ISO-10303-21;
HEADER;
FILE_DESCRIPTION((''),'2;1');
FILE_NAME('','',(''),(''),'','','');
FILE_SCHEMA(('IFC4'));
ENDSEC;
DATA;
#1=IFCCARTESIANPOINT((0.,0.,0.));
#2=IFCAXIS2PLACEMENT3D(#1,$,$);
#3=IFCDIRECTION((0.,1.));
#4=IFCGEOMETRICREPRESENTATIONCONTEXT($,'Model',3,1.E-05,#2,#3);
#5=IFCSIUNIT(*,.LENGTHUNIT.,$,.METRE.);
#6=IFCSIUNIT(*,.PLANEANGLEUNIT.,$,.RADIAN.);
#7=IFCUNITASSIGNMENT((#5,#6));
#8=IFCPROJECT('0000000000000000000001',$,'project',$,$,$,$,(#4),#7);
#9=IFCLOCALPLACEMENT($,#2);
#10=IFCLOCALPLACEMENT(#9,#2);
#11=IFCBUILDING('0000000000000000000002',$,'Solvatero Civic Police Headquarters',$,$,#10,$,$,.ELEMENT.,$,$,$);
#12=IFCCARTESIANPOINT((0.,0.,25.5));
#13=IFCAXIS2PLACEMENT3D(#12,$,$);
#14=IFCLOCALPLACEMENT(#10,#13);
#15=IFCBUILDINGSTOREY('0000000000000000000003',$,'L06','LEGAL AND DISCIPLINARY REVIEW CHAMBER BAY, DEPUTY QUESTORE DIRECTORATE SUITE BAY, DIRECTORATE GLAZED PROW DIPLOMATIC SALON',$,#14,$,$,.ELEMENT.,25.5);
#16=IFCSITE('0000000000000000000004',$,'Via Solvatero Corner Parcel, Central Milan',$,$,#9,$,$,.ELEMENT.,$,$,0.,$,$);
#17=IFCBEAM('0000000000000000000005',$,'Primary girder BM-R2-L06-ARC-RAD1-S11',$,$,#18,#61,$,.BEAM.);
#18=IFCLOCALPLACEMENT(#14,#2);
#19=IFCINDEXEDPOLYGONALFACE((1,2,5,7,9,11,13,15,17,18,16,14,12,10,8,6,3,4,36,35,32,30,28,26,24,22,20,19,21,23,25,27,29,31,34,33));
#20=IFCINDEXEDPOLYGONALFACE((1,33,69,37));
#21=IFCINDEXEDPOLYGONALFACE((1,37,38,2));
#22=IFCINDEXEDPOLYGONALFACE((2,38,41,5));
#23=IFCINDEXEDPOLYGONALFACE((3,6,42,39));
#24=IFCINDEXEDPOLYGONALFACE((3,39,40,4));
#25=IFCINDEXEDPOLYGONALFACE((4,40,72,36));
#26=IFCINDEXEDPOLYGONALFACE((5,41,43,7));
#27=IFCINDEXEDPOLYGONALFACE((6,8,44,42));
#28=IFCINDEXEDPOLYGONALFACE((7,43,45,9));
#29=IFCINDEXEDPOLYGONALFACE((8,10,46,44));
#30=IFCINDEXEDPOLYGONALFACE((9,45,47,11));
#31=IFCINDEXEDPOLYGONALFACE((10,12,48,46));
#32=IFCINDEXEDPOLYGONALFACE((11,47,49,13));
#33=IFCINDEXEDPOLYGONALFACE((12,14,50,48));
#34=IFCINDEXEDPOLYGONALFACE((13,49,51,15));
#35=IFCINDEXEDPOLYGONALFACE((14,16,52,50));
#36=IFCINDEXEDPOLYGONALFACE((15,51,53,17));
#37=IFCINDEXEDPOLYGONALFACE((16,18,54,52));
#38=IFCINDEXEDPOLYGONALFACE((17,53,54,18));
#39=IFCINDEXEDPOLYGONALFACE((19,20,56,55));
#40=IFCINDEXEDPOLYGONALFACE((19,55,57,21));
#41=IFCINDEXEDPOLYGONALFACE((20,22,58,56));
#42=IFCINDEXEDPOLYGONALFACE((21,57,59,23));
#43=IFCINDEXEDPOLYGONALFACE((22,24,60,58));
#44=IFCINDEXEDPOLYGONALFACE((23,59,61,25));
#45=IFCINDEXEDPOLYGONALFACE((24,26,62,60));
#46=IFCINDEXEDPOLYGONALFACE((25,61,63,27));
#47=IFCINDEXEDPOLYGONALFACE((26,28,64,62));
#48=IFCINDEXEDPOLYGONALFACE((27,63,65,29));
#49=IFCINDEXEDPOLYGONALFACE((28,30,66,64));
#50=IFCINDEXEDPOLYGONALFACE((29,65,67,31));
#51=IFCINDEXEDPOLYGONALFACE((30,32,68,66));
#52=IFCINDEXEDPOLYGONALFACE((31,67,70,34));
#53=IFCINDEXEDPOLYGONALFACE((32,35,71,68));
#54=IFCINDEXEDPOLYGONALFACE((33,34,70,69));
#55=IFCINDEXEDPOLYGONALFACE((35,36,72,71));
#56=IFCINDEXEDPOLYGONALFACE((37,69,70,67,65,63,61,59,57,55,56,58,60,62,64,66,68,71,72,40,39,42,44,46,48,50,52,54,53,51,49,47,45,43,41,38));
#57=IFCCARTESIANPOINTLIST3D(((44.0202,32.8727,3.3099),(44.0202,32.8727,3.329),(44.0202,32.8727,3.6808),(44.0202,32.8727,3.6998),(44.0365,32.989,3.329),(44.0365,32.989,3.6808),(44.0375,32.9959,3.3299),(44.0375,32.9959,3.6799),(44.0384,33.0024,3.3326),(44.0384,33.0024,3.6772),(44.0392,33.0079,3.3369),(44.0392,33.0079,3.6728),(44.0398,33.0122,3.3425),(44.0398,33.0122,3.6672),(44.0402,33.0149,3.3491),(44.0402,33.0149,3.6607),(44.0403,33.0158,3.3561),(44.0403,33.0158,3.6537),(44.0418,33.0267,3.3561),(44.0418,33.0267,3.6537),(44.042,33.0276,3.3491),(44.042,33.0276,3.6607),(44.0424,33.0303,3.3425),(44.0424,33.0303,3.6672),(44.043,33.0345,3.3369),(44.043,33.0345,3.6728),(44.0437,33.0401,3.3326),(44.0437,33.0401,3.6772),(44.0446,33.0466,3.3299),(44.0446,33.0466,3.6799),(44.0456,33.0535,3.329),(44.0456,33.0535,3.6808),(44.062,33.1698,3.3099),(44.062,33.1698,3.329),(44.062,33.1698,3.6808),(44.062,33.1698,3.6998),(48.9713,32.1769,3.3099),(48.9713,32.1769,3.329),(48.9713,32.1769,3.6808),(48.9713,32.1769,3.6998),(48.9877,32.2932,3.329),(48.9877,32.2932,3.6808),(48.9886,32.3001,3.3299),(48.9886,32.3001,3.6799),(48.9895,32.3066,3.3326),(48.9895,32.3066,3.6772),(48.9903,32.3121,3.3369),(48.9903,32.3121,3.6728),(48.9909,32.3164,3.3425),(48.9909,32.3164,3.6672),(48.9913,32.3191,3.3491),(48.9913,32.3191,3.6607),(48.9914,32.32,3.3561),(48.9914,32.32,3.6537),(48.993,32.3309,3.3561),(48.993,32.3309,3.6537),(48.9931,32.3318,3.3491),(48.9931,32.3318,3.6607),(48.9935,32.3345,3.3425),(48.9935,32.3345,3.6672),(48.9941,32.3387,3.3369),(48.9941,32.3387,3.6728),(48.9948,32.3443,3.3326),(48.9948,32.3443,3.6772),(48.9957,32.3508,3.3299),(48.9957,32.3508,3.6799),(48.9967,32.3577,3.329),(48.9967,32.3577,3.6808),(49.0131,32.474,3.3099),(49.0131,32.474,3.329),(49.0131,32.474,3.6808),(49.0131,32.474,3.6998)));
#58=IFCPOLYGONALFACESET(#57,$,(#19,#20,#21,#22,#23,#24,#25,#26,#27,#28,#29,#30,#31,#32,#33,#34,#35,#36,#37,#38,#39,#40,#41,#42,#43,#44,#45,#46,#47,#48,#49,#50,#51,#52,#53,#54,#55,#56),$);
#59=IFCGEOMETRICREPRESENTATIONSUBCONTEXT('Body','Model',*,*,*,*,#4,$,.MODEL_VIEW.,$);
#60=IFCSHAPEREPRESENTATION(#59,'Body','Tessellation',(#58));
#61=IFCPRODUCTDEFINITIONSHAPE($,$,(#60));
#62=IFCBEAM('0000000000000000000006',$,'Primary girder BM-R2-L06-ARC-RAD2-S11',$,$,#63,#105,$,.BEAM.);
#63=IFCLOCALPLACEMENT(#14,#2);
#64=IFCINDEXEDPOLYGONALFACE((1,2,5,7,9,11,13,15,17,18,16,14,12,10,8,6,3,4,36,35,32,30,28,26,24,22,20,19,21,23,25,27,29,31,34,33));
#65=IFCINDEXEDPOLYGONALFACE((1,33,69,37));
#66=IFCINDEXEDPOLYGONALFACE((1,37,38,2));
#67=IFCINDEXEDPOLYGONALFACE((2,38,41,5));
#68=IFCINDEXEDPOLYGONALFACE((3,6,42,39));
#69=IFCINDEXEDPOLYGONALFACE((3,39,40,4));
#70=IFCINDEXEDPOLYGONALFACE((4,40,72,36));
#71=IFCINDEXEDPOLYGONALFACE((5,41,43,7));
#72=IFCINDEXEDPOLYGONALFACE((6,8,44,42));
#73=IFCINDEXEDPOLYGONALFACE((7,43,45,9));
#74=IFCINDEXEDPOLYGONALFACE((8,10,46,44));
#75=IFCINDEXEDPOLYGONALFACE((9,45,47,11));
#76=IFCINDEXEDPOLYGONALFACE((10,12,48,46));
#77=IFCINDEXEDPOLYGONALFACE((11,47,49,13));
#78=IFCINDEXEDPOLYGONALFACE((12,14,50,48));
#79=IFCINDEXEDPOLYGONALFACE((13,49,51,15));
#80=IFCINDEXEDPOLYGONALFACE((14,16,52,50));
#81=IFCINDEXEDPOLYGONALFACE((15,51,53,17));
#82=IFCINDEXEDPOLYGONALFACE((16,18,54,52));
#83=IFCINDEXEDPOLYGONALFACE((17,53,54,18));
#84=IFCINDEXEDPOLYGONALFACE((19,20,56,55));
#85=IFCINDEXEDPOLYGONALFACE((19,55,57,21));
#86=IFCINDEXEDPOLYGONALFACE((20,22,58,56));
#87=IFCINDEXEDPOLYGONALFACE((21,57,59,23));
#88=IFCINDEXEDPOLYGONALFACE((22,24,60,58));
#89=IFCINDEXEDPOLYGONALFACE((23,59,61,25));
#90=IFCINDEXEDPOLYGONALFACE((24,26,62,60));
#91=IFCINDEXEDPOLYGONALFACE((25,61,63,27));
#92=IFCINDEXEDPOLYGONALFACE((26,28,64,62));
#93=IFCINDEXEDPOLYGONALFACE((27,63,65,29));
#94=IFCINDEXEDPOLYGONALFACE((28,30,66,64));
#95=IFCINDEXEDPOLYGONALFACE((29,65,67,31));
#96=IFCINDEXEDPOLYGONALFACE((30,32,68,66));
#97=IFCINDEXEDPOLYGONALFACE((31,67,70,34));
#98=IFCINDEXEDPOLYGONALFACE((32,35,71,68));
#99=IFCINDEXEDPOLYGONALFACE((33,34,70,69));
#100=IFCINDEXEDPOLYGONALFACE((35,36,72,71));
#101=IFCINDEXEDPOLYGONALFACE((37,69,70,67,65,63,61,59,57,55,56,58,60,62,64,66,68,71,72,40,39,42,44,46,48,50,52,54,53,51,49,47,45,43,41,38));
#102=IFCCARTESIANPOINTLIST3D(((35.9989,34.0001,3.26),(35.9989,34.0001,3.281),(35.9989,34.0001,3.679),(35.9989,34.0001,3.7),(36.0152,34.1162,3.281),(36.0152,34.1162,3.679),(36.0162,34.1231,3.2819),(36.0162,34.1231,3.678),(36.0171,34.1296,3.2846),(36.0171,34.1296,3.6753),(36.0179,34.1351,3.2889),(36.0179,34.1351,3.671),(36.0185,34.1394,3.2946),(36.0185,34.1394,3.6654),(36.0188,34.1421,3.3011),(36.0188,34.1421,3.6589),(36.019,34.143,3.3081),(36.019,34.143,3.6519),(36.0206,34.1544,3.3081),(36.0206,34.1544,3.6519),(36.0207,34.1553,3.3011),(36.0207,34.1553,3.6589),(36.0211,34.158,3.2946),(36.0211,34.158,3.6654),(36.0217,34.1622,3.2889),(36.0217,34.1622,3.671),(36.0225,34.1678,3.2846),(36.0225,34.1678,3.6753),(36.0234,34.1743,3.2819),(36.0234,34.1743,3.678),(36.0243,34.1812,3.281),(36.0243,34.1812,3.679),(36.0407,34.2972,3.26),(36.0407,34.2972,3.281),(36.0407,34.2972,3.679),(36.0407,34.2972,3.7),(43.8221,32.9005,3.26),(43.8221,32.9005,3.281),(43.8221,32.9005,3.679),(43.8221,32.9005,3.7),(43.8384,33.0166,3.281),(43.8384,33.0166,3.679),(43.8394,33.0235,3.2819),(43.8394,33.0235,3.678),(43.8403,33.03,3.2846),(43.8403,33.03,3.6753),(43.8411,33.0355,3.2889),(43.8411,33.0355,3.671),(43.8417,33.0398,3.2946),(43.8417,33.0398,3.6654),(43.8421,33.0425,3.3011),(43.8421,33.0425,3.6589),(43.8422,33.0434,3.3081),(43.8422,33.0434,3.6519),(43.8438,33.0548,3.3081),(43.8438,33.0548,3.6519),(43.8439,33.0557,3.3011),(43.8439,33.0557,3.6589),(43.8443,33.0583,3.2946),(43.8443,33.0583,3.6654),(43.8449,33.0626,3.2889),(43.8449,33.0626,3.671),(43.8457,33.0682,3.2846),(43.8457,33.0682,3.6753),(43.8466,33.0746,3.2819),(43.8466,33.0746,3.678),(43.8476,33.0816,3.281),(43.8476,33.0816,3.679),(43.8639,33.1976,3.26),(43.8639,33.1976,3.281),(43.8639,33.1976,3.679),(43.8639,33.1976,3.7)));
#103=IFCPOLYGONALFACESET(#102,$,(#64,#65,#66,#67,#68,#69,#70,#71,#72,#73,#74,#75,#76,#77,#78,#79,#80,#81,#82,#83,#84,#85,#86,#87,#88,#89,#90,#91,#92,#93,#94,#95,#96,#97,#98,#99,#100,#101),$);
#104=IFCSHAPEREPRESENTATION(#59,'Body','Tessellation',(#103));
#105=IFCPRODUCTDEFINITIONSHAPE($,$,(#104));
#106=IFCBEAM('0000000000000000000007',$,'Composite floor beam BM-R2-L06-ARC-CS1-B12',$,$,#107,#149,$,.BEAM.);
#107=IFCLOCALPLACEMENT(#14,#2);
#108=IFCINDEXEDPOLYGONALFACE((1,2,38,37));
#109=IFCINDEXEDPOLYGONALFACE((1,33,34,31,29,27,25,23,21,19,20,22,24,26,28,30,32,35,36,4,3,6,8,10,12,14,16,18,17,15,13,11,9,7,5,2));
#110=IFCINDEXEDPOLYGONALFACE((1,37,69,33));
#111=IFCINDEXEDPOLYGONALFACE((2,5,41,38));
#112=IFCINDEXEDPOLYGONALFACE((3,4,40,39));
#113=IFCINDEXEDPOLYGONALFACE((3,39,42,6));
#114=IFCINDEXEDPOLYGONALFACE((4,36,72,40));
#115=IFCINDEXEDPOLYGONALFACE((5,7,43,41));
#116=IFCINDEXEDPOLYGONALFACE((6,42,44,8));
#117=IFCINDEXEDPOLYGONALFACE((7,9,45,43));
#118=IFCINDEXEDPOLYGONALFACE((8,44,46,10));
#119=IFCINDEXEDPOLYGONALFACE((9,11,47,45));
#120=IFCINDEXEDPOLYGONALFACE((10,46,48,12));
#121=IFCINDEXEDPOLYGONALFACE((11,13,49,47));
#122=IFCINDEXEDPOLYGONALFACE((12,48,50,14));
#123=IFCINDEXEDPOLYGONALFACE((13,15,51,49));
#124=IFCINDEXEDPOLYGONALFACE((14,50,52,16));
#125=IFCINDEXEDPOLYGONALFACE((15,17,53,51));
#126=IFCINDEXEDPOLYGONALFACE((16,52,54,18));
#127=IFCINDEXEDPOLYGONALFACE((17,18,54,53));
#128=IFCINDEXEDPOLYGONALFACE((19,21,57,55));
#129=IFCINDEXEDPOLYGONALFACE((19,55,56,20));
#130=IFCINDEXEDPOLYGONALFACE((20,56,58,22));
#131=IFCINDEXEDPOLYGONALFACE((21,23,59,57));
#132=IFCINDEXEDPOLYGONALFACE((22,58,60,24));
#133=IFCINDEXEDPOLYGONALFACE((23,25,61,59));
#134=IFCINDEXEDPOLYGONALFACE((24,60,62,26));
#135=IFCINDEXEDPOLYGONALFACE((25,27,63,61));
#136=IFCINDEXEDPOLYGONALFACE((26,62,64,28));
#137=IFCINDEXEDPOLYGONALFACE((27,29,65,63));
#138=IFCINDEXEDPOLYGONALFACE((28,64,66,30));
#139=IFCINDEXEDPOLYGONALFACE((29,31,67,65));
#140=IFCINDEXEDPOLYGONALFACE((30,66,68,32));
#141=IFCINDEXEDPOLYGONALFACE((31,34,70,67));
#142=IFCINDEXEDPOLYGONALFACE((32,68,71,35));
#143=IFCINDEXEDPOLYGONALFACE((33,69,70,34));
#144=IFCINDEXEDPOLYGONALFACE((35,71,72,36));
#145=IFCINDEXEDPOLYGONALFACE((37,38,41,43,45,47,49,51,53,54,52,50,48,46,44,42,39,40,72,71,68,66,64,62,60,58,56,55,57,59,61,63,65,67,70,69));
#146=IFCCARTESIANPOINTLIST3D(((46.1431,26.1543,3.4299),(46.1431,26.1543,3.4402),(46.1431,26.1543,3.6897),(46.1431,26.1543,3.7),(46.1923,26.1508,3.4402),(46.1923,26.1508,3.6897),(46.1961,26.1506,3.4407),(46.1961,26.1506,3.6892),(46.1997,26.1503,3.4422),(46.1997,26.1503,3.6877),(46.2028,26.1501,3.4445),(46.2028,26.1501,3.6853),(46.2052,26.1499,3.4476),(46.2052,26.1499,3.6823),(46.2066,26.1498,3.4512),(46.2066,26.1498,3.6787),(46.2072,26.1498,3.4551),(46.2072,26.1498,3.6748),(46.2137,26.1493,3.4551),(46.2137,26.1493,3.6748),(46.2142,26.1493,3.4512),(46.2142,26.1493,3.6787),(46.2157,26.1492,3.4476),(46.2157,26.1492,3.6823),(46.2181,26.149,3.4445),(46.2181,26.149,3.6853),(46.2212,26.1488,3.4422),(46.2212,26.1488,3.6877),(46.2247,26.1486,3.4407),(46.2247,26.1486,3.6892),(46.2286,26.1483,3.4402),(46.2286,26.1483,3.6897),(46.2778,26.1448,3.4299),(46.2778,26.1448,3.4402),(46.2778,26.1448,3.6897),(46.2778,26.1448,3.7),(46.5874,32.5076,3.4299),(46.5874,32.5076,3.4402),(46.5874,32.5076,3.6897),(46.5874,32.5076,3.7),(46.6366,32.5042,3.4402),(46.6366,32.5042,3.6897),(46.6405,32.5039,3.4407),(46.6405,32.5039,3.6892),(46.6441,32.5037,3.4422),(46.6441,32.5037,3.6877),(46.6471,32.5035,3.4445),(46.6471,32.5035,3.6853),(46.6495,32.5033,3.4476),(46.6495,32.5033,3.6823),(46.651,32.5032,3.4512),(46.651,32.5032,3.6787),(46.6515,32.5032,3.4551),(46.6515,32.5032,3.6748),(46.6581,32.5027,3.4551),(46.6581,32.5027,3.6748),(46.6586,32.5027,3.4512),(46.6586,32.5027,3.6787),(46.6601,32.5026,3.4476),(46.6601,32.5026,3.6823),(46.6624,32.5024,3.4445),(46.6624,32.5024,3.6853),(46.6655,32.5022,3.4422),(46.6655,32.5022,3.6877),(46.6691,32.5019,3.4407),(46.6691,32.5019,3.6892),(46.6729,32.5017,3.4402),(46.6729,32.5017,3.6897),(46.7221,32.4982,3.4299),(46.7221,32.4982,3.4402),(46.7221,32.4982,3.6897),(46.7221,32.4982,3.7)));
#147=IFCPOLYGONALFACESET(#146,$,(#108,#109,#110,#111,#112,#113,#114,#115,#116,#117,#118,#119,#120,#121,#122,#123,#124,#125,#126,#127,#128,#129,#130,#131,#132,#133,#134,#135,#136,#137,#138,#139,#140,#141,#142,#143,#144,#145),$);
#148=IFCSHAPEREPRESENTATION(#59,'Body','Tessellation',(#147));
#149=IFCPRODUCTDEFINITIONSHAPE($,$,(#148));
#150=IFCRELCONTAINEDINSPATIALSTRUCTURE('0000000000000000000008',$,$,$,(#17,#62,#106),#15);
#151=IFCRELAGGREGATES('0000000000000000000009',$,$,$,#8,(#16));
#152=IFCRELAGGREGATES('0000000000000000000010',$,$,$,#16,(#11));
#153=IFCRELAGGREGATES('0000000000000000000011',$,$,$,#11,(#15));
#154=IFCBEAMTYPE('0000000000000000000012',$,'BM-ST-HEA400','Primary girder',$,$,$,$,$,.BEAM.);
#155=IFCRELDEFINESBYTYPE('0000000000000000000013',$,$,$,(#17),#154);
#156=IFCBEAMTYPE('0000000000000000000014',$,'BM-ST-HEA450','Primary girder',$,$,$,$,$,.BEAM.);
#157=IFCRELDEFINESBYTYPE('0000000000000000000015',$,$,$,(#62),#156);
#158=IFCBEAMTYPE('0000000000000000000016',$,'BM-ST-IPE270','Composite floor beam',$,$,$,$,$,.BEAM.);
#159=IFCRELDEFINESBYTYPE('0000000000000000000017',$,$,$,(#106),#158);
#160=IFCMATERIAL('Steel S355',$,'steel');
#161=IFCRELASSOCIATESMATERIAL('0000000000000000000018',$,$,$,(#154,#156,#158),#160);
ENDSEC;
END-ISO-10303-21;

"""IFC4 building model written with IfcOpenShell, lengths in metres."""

from ifc_helpers import new_model, si_unit, direction, frame, origin, origin_2d, place, context, subcontext, project, spatial, i_section, extrude, material, material_profile, profile_set, type_object, element, save


model = new_model("IFC4")

# Units and contexts
model_context = context("Model", 3, precision=1e-05, world=origin(), true_north=direction((0.0, 1.0)))
body_context = subcontext(model_context, "Body", "Model", "MODEL_VIEW")
ifc_project = project(units=[si_unit("LENGTHUNIT", "METRE"), si_unit("PLANEANGLEUNIT", "RADIAN")], contexts=[model_context])

# Site, building, storey
site_placement = place(None, origin())
site = spatial("IfcSite", under=ifc_project, at=site_placement, Name="Via Solvatero Corner Parcel, Central Milan", CompositionType="ELEMENT", RefElevation=0.0)
building_placement = place(site_placement, origin())
building = spatial("IfcBuilding", under=site, at=building_placement, Name="Solvatero Civic Police Headquarters", CompositionType="ELEMENT")
storey_placement = place(building_placement, frame((0.0, 0.0, 25.5)))
storey = spatial("IfcBuildingStorey", under=building, at=storey_placement, Name="L06", Description="LEGAL AND DISCIPLINARY REVIEW CHAMBER BAY, DEPUTY QUESTORE DIRECTORATE SUITE BAY, DIRECTORATE GLAZED PROW DIPLOMATIC SALON", CompositionType="ELEMENT", Elevation=25.5)

# Shared definitions
ifc_material_1 = material(Name="Steel S355", Category="steel")

# Beams
ifc_material_profile_1 = material_profile(ifc_material_1, i_section(OverallWidth=0.3, OverallDepth=0.3899, WebThickness=0.011, FlangeThickness=0.019, FilletRadius=0.0271, at=origin_2d()), Name="HEA 400")
ifc_profile_set_1 = profile_set([ifc_material_profile_1], Name="Steel S355")
beam_type_1 = type_object("IfcBeamType", Name="BM-ST-HEA400", Description="Primary girder", PredefinedType="BEAM", material=ifc_profile_set_1)
beam_1_placement = place(storey_placement, frame((48.9922, 32.3254, 3.5049), z_axis=(-0.990269, 0.139165, 0.0), x_axis=(-0.139165, -0.990269, 0.0)))
element("IfcBeam", 1, at=beam_1_placement, inside=storey, type_object=beam_type_1, Name="Primary girder BM-R2-L06-ARC-RAD1-S11", PredefinedType="BEAM", context=body_context, shape_type="SweptSolid", body=[
    extrude(i_section(OverallWidth=0.3, OverallDepth=0.3899, WebThickness=0.011, FlangeThickness=0.019, FilletRadius=0.0271, at=origin_2d()), origin(), (0.0, 0.0, 1.0), 4.9998),
])
ifc_material_profile_2 = material_profile(ifc_material_1, i_section(OverallWidth=0.3, OverallDepth=0.4399, WebThickness=0.0115, FlangeThickness=0.021, FilletRadius=0.0271, at=origin_2d()), Name="HEA 450")
ifc_profile_set_2 = profile_set([ifc_material_profile_2], Name="Steel S355")
beam_type_2 = type_object("IfcBeamType", Name="BM-ST-HEA450", Description="Primary girder", PredefinedType="BEAM", material=ifc_profile_set_2)
beam_2_placement = place(storey_placement, frame((43.843, 33.0491, 3.48), z_axis=(-0.990266, 0.139189, 0.0), x_axis=(-0.139189, -0.990266, 0.0)))
element("IfcBeam", 2, at=beam_2_placement, inside=storey, type_object=beam_type_2, Name="Primary girder BM-R2-L06-ARC-RAD2-S11", PredefinedType="BEAM", context=body_context, shape_type="SweptSolid", body=[
    extrude(i_section(OverallWidth=0.3, OverallDepth=0.4399, WebThickness=0.0115, FlangeThickness=0.021, FilletRadius=0.0271, at=origin_2d()), origin(), (0.0, 0.0, 1.0), 7.9001),
])
ifc_material_profile_3 = material_profile(ifc_material_1, i_section(OverallWidth=0.135, OverallDepth=0.27, WebThickness=0.0066, FlangeThickness=0.0103, FilletRadius=0.0149, at=origin_2d()), Name="IPE 270")
ifc_profile_set_3 = profile_set([ifc_material_profile_3], Name="Steel S355")
beam_type_3 = type_object("IfcBeamType", Name="BM-ST-IPE270", Description="Composite floor beam", PredefinedType="BEAM", material=ifc_profile_set_3)
beam_3_placement = place(storey_placement, frame((46.6548, 32.5029, 3.5649), z_axis=(-0.069768, -0.997563, 0.0), x_axis=(0.997563, -0.069768, 0.0)))
element("IfcBeam", 3, at=beam_3_placement, inside=storey, type_object=beam_type_3, Name="Composite floor beam BM-R2-L06-ARC-CS1-B12", PredefinedType="BEAM", context=body_context, shape_type="SweptSolid", body=[
    extrude(i_section(OverallWidth=0.135, OverallDepth=0.27, WebThickness=0.0066, FlangeThickness=0.0103, FilletRadius=0.0149, at=origin_2d()), origin(), (0.0, 0.0, 1.0), 6.3689),
])

save(model, "model.ifc")
